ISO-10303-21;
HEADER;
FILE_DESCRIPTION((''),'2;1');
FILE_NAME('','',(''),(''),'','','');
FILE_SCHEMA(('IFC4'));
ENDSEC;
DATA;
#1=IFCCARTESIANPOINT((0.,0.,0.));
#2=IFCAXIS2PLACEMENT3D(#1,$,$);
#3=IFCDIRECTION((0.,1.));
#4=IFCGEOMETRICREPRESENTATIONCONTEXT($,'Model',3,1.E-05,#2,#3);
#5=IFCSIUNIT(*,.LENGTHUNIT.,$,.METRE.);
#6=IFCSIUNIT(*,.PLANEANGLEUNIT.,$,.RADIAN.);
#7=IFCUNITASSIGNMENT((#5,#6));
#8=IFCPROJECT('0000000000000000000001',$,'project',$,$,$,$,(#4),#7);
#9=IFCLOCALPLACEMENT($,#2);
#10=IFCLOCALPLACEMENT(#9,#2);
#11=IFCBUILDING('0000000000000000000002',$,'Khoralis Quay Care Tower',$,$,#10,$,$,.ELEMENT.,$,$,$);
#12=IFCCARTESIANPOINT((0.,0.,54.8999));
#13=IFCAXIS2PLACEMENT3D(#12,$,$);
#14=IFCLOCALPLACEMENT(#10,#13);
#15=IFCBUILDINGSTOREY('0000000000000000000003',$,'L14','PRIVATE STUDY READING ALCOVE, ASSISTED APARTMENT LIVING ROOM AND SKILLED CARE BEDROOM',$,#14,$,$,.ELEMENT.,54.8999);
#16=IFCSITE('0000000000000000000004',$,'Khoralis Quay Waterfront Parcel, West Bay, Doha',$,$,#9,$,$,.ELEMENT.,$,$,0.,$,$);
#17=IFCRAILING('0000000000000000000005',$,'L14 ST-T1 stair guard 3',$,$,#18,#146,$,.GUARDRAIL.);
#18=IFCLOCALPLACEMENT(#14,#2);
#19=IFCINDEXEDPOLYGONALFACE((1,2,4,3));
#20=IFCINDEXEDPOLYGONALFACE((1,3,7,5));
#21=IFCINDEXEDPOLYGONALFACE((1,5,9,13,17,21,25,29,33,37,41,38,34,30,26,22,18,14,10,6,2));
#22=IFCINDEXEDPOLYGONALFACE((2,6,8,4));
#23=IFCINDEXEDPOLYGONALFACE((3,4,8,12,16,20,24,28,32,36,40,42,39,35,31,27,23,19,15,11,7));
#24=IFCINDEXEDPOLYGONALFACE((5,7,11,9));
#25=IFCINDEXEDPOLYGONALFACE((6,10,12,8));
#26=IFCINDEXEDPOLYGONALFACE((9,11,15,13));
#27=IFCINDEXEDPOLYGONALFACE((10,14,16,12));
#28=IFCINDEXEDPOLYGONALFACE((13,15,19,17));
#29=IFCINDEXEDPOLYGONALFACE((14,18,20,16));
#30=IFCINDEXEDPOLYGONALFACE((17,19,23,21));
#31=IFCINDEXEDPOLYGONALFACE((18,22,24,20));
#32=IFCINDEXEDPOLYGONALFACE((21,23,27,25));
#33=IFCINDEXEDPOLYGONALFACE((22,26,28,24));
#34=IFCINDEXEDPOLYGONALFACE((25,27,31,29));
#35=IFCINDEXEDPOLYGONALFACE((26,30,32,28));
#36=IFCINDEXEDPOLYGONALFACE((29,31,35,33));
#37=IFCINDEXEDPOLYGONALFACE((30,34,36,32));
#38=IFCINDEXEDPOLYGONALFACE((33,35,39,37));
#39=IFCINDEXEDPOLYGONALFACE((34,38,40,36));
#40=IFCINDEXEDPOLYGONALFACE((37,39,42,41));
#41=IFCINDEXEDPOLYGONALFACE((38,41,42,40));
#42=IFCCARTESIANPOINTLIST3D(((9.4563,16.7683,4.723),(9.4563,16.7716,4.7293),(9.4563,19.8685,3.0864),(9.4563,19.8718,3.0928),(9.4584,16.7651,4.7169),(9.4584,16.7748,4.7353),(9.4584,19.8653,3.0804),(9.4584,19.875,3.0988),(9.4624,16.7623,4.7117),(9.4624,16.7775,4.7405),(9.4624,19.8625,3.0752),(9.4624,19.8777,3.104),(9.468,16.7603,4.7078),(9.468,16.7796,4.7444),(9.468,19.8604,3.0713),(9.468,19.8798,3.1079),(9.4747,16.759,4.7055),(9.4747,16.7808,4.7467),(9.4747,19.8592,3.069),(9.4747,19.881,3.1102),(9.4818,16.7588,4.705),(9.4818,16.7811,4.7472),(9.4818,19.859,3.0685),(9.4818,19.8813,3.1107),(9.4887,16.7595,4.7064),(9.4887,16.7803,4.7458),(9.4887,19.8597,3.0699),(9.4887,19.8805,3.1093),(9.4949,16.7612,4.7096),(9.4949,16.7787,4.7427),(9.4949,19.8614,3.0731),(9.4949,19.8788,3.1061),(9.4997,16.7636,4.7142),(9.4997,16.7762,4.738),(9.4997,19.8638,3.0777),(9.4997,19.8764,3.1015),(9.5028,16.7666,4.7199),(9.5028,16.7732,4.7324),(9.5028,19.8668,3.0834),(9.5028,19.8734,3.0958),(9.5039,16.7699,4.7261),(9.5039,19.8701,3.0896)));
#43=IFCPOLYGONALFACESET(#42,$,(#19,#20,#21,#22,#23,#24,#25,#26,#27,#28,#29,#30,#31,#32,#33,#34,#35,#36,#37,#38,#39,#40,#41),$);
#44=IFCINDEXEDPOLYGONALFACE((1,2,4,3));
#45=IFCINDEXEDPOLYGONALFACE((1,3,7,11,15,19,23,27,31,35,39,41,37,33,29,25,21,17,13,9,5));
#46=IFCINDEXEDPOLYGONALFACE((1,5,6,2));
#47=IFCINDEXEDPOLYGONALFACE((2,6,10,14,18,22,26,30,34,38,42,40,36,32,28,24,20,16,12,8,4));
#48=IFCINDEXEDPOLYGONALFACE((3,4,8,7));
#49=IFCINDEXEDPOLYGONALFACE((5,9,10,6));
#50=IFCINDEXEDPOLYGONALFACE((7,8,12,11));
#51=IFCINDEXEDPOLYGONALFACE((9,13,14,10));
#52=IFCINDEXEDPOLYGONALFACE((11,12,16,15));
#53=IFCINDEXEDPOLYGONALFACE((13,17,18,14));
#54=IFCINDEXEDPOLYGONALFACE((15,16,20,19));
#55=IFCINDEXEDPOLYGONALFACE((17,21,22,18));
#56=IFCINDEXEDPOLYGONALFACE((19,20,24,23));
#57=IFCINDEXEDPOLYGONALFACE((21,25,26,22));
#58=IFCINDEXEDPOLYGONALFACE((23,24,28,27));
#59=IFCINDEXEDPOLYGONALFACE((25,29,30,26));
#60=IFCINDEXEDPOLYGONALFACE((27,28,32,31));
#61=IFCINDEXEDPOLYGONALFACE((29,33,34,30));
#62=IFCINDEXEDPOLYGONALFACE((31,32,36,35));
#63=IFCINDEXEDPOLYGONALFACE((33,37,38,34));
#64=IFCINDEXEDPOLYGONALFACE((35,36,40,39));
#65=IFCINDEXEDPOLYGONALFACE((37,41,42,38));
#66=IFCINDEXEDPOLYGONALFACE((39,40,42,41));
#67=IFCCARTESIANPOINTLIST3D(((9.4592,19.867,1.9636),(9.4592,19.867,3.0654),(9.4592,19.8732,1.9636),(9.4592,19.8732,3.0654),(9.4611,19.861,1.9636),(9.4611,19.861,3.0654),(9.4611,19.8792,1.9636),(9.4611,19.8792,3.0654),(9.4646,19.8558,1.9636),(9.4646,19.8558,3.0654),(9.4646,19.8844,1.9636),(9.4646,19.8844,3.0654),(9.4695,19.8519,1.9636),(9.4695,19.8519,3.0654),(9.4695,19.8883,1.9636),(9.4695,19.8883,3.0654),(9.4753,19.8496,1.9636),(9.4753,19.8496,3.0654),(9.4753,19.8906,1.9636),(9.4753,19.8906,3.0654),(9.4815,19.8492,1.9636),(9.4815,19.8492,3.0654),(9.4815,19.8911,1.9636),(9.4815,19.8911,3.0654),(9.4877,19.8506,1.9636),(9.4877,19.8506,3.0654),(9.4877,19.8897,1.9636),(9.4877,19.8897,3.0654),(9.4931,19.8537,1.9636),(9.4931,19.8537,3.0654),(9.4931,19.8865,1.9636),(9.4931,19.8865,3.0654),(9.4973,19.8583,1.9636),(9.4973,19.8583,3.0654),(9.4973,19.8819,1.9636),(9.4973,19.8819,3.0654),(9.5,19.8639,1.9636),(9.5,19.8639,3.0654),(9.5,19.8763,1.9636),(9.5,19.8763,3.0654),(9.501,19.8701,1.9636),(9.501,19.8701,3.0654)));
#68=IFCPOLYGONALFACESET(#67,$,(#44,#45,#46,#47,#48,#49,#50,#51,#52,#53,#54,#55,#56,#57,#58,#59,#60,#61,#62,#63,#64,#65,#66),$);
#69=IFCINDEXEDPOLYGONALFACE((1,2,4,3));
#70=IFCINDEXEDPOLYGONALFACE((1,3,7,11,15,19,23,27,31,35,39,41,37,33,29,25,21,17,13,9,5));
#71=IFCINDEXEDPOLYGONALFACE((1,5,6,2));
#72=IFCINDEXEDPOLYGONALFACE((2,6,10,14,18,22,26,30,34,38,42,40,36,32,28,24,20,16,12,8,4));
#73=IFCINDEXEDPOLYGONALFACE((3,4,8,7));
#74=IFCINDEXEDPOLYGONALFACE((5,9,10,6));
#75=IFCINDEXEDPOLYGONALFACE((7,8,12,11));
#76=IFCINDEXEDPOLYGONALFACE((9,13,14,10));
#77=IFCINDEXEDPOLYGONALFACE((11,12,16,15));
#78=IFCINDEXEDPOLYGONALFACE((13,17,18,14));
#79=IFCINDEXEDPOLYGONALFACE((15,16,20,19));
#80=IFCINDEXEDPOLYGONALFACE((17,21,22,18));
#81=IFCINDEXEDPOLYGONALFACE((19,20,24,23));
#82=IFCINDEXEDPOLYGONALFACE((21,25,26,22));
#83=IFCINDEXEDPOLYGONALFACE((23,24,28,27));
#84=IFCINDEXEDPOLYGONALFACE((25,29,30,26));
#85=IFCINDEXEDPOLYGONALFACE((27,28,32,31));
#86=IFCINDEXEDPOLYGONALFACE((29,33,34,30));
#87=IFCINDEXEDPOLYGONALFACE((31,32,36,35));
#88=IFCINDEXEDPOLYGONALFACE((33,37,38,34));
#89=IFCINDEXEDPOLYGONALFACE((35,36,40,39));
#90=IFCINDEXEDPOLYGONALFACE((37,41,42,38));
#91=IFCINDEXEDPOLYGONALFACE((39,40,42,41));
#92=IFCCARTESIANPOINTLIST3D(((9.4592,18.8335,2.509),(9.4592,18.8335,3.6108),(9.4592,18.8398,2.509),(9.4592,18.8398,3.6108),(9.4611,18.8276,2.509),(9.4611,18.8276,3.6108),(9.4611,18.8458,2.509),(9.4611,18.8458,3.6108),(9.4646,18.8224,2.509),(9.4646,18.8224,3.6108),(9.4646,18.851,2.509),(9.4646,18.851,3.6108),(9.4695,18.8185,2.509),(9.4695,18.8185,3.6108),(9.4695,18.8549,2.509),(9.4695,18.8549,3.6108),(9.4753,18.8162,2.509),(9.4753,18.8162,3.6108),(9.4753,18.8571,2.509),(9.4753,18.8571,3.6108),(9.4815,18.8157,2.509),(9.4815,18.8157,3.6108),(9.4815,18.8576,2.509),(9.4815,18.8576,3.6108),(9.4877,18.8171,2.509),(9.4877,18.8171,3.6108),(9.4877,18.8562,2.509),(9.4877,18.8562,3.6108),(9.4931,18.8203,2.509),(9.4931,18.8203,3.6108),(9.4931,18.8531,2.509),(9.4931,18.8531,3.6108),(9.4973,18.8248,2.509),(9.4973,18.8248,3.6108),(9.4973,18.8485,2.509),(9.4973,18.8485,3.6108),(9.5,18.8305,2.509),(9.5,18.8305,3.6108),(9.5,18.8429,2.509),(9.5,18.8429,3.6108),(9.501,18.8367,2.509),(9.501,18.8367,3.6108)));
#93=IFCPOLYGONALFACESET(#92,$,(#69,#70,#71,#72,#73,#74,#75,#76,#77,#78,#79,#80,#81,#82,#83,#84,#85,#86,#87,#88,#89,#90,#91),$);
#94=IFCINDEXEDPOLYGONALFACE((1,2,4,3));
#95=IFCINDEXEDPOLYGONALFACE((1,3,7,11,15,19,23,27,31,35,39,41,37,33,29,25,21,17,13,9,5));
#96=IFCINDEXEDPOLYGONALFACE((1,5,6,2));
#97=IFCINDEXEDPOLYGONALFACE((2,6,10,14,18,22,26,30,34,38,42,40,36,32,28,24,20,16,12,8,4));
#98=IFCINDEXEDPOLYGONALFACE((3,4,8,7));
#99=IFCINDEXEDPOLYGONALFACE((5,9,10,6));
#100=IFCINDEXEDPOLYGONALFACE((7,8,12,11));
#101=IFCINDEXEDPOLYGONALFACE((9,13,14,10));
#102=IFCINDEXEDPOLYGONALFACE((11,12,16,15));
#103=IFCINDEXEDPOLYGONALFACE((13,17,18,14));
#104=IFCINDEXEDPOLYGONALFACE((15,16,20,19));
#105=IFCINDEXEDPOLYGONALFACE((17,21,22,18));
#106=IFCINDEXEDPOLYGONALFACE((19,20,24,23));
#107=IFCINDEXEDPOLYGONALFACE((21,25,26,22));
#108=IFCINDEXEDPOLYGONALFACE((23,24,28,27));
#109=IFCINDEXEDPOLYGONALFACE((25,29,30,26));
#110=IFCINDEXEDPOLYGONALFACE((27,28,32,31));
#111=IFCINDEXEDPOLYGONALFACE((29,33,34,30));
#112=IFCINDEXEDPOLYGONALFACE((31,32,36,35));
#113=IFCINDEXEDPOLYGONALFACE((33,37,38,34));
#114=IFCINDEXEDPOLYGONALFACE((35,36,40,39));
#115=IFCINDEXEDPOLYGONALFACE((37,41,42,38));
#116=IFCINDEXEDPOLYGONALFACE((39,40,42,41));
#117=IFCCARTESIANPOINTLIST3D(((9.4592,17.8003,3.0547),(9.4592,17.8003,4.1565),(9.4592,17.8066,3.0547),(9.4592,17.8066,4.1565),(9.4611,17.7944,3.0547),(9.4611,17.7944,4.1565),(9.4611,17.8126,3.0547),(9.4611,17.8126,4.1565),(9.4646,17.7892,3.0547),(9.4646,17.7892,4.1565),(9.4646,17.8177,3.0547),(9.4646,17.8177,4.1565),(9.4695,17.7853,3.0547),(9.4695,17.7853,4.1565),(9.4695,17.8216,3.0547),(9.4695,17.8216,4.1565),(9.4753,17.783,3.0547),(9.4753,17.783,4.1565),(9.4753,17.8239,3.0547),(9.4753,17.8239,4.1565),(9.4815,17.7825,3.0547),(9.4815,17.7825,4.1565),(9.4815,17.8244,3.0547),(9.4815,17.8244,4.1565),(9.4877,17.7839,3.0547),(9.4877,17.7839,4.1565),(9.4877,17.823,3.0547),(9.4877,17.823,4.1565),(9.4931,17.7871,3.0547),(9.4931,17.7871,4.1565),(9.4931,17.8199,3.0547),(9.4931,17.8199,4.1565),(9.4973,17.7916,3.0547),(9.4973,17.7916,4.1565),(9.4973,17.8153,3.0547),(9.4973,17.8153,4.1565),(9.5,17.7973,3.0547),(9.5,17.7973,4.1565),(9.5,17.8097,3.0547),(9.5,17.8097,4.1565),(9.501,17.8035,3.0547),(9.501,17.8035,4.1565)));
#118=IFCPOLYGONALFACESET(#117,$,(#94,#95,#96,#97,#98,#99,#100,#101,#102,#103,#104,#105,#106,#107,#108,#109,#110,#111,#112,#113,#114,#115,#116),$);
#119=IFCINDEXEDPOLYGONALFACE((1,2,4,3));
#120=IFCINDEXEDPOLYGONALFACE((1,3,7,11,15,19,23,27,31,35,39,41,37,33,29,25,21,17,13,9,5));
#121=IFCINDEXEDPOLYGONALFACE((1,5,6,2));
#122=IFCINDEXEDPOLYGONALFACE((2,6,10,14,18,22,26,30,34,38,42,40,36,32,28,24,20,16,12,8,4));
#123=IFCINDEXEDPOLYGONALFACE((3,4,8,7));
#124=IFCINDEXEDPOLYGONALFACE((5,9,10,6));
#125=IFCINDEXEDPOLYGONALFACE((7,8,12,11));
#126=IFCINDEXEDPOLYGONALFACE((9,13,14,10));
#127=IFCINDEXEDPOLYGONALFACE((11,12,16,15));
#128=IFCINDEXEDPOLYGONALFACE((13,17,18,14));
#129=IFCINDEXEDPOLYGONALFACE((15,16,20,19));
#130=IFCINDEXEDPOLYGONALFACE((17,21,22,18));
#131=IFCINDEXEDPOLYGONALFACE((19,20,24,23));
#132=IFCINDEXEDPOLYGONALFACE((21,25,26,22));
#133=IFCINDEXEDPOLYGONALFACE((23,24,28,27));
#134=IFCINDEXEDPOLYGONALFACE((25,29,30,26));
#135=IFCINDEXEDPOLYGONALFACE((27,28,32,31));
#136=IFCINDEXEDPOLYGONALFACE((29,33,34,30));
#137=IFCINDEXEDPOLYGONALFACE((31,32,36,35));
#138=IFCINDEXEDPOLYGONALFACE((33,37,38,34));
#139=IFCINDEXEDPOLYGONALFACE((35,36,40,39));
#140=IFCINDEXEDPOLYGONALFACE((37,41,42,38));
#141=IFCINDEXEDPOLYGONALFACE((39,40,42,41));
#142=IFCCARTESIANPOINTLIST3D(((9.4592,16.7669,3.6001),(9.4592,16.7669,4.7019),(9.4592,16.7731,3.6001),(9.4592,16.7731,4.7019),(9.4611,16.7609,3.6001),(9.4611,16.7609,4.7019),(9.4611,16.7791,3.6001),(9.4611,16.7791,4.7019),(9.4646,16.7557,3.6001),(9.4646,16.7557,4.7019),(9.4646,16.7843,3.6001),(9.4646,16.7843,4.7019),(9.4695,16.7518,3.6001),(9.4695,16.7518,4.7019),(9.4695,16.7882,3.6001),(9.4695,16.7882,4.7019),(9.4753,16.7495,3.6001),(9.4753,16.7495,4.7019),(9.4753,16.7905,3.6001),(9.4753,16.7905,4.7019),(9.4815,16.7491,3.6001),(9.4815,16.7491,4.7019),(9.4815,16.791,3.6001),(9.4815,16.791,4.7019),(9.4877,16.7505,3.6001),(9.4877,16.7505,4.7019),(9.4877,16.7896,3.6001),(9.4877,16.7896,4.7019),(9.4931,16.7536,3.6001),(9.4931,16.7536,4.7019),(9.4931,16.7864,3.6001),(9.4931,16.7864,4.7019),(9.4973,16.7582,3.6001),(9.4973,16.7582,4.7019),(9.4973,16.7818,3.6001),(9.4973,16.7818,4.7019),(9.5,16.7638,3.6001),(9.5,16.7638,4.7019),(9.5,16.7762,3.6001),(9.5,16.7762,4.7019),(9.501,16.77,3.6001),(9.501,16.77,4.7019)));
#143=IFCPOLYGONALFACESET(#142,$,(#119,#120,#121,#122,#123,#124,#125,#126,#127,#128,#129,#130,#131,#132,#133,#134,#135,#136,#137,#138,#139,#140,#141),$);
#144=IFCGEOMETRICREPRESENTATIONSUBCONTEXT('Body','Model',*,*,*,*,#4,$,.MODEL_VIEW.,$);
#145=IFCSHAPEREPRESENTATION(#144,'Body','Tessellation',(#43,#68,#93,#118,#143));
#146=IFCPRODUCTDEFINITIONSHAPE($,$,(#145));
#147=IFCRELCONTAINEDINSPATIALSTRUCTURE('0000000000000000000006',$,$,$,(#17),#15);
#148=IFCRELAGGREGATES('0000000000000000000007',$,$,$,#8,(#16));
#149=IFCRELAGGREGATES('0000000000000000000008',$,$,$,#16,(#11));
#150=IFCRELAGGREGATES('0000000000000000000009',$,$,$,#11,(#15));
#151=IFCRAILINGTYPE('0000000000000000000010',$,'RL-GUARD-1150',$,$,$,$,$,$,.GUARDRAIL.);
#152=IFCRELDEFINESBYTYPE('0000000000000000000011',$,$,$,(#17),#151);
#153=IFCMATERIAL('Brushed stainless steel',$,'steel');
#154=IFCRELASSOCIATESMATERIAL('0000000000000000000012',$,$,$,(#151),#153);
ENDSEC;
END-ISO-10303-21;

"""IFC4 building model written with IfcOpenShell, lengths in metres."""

from ifc_helpers import new_model, si_unit, direction, frame, origin, origin_2d, place, context, subcontext, project, spatial, circle, extrude, material, type_object, element, save


model = new_model("IFC4")

# Units and contexts
model_context = context("Model", 3, precision=1e-05, world=origin(), true_north=direction((0.0, 1.0)))
body_context = subcontext(model_context, "Body", "Model", "MODEL_VIEW")
ifc_project = project(units=[si_unit("LENGTHUNIT", "METRE"), si_unit("PLANEANGLEUNIT", "RADIAN")], contexts=[model_context])

# Site, building, storey
site_placement = place(None, origin())
site = spatial("IfcSite", under=ifc_project, at=site_placement, Name="Khoralis Quay Waterfront Parcel, West Bay, Doha", CompositionType="ELEMENT", RefElevation=0.0)
building_placement = place(site_placement, origin())
building = spatial("IfcBuilding", under=site, at=building_placement, Name="Khoralis Quay Care Tower", CompositionType="ELEMENT")
storey_placement = place(building_placement, frame((0.0, 0.0, 54.8999)))
storey = spatial("IfcBuildingStorey", under=building, at=storey_placement, Name="L14", Description="PRIVATE STUDY READING ALCOVE, ASSISTED APARTMENT LIVING ROOM AND SKILLED CARE BEDROOM", CompositionType="ELEMENT", Elevation=54.8999)

# Shared definitions
ifc_material_1 = material(Name="Brushed stainless steel", Category="steel")

# Railing
railing_type_1 = type_object("IfcRailingType", Name="RL-GUARD-1150", PredefinedType="GUARDRAIL", material=ifc_material_1)
railing_1_placement = place(storey_placement, frame((9.48, 19.8701, 1.9636)))
element("IfcRailing", 1, at=railing_1_placement, inside=storey, type_object=railing_type_1, Name="L14 ST-T1 stair guard 3", PredefinedType="GUARDRAIL", context=body_context, shape_type="SweptSolid", body=[
    extrude(circle(Radius=0.0239, at=origin_2d()), frame((0.0, 0.0, 1.126), z_axis=(0.0, -0.884348, 0.466828), x_axis=(1.0, 0.0, 0.0)), (0.0, 0.0, 1.0), 3.5056),
    extrude(circle(Radius=0.021, at=origin_2d()), origin(), (0.0, 0.0, 1.0), 1.1018),
    extrude(circle(Radius=0.021, at=origin_2d()), frame((0.0, -1.0334, 0.5454)), (0.0, 0.0, 1.0), 1.1018),
    extrude(circle(Radius=0.021, at=origin_2d()), frame((0.0, -2.0667, 1.0911)), (0.0, 0.0, 1.0), 1.1018),
    extrude(circle(Radius=0.021, at=origin_2d()), frame((0.0, -3.1001, 1.6365)), (0.0, 0.0, 1.0), 1.1018),
])

save(model, "model.ifc")
